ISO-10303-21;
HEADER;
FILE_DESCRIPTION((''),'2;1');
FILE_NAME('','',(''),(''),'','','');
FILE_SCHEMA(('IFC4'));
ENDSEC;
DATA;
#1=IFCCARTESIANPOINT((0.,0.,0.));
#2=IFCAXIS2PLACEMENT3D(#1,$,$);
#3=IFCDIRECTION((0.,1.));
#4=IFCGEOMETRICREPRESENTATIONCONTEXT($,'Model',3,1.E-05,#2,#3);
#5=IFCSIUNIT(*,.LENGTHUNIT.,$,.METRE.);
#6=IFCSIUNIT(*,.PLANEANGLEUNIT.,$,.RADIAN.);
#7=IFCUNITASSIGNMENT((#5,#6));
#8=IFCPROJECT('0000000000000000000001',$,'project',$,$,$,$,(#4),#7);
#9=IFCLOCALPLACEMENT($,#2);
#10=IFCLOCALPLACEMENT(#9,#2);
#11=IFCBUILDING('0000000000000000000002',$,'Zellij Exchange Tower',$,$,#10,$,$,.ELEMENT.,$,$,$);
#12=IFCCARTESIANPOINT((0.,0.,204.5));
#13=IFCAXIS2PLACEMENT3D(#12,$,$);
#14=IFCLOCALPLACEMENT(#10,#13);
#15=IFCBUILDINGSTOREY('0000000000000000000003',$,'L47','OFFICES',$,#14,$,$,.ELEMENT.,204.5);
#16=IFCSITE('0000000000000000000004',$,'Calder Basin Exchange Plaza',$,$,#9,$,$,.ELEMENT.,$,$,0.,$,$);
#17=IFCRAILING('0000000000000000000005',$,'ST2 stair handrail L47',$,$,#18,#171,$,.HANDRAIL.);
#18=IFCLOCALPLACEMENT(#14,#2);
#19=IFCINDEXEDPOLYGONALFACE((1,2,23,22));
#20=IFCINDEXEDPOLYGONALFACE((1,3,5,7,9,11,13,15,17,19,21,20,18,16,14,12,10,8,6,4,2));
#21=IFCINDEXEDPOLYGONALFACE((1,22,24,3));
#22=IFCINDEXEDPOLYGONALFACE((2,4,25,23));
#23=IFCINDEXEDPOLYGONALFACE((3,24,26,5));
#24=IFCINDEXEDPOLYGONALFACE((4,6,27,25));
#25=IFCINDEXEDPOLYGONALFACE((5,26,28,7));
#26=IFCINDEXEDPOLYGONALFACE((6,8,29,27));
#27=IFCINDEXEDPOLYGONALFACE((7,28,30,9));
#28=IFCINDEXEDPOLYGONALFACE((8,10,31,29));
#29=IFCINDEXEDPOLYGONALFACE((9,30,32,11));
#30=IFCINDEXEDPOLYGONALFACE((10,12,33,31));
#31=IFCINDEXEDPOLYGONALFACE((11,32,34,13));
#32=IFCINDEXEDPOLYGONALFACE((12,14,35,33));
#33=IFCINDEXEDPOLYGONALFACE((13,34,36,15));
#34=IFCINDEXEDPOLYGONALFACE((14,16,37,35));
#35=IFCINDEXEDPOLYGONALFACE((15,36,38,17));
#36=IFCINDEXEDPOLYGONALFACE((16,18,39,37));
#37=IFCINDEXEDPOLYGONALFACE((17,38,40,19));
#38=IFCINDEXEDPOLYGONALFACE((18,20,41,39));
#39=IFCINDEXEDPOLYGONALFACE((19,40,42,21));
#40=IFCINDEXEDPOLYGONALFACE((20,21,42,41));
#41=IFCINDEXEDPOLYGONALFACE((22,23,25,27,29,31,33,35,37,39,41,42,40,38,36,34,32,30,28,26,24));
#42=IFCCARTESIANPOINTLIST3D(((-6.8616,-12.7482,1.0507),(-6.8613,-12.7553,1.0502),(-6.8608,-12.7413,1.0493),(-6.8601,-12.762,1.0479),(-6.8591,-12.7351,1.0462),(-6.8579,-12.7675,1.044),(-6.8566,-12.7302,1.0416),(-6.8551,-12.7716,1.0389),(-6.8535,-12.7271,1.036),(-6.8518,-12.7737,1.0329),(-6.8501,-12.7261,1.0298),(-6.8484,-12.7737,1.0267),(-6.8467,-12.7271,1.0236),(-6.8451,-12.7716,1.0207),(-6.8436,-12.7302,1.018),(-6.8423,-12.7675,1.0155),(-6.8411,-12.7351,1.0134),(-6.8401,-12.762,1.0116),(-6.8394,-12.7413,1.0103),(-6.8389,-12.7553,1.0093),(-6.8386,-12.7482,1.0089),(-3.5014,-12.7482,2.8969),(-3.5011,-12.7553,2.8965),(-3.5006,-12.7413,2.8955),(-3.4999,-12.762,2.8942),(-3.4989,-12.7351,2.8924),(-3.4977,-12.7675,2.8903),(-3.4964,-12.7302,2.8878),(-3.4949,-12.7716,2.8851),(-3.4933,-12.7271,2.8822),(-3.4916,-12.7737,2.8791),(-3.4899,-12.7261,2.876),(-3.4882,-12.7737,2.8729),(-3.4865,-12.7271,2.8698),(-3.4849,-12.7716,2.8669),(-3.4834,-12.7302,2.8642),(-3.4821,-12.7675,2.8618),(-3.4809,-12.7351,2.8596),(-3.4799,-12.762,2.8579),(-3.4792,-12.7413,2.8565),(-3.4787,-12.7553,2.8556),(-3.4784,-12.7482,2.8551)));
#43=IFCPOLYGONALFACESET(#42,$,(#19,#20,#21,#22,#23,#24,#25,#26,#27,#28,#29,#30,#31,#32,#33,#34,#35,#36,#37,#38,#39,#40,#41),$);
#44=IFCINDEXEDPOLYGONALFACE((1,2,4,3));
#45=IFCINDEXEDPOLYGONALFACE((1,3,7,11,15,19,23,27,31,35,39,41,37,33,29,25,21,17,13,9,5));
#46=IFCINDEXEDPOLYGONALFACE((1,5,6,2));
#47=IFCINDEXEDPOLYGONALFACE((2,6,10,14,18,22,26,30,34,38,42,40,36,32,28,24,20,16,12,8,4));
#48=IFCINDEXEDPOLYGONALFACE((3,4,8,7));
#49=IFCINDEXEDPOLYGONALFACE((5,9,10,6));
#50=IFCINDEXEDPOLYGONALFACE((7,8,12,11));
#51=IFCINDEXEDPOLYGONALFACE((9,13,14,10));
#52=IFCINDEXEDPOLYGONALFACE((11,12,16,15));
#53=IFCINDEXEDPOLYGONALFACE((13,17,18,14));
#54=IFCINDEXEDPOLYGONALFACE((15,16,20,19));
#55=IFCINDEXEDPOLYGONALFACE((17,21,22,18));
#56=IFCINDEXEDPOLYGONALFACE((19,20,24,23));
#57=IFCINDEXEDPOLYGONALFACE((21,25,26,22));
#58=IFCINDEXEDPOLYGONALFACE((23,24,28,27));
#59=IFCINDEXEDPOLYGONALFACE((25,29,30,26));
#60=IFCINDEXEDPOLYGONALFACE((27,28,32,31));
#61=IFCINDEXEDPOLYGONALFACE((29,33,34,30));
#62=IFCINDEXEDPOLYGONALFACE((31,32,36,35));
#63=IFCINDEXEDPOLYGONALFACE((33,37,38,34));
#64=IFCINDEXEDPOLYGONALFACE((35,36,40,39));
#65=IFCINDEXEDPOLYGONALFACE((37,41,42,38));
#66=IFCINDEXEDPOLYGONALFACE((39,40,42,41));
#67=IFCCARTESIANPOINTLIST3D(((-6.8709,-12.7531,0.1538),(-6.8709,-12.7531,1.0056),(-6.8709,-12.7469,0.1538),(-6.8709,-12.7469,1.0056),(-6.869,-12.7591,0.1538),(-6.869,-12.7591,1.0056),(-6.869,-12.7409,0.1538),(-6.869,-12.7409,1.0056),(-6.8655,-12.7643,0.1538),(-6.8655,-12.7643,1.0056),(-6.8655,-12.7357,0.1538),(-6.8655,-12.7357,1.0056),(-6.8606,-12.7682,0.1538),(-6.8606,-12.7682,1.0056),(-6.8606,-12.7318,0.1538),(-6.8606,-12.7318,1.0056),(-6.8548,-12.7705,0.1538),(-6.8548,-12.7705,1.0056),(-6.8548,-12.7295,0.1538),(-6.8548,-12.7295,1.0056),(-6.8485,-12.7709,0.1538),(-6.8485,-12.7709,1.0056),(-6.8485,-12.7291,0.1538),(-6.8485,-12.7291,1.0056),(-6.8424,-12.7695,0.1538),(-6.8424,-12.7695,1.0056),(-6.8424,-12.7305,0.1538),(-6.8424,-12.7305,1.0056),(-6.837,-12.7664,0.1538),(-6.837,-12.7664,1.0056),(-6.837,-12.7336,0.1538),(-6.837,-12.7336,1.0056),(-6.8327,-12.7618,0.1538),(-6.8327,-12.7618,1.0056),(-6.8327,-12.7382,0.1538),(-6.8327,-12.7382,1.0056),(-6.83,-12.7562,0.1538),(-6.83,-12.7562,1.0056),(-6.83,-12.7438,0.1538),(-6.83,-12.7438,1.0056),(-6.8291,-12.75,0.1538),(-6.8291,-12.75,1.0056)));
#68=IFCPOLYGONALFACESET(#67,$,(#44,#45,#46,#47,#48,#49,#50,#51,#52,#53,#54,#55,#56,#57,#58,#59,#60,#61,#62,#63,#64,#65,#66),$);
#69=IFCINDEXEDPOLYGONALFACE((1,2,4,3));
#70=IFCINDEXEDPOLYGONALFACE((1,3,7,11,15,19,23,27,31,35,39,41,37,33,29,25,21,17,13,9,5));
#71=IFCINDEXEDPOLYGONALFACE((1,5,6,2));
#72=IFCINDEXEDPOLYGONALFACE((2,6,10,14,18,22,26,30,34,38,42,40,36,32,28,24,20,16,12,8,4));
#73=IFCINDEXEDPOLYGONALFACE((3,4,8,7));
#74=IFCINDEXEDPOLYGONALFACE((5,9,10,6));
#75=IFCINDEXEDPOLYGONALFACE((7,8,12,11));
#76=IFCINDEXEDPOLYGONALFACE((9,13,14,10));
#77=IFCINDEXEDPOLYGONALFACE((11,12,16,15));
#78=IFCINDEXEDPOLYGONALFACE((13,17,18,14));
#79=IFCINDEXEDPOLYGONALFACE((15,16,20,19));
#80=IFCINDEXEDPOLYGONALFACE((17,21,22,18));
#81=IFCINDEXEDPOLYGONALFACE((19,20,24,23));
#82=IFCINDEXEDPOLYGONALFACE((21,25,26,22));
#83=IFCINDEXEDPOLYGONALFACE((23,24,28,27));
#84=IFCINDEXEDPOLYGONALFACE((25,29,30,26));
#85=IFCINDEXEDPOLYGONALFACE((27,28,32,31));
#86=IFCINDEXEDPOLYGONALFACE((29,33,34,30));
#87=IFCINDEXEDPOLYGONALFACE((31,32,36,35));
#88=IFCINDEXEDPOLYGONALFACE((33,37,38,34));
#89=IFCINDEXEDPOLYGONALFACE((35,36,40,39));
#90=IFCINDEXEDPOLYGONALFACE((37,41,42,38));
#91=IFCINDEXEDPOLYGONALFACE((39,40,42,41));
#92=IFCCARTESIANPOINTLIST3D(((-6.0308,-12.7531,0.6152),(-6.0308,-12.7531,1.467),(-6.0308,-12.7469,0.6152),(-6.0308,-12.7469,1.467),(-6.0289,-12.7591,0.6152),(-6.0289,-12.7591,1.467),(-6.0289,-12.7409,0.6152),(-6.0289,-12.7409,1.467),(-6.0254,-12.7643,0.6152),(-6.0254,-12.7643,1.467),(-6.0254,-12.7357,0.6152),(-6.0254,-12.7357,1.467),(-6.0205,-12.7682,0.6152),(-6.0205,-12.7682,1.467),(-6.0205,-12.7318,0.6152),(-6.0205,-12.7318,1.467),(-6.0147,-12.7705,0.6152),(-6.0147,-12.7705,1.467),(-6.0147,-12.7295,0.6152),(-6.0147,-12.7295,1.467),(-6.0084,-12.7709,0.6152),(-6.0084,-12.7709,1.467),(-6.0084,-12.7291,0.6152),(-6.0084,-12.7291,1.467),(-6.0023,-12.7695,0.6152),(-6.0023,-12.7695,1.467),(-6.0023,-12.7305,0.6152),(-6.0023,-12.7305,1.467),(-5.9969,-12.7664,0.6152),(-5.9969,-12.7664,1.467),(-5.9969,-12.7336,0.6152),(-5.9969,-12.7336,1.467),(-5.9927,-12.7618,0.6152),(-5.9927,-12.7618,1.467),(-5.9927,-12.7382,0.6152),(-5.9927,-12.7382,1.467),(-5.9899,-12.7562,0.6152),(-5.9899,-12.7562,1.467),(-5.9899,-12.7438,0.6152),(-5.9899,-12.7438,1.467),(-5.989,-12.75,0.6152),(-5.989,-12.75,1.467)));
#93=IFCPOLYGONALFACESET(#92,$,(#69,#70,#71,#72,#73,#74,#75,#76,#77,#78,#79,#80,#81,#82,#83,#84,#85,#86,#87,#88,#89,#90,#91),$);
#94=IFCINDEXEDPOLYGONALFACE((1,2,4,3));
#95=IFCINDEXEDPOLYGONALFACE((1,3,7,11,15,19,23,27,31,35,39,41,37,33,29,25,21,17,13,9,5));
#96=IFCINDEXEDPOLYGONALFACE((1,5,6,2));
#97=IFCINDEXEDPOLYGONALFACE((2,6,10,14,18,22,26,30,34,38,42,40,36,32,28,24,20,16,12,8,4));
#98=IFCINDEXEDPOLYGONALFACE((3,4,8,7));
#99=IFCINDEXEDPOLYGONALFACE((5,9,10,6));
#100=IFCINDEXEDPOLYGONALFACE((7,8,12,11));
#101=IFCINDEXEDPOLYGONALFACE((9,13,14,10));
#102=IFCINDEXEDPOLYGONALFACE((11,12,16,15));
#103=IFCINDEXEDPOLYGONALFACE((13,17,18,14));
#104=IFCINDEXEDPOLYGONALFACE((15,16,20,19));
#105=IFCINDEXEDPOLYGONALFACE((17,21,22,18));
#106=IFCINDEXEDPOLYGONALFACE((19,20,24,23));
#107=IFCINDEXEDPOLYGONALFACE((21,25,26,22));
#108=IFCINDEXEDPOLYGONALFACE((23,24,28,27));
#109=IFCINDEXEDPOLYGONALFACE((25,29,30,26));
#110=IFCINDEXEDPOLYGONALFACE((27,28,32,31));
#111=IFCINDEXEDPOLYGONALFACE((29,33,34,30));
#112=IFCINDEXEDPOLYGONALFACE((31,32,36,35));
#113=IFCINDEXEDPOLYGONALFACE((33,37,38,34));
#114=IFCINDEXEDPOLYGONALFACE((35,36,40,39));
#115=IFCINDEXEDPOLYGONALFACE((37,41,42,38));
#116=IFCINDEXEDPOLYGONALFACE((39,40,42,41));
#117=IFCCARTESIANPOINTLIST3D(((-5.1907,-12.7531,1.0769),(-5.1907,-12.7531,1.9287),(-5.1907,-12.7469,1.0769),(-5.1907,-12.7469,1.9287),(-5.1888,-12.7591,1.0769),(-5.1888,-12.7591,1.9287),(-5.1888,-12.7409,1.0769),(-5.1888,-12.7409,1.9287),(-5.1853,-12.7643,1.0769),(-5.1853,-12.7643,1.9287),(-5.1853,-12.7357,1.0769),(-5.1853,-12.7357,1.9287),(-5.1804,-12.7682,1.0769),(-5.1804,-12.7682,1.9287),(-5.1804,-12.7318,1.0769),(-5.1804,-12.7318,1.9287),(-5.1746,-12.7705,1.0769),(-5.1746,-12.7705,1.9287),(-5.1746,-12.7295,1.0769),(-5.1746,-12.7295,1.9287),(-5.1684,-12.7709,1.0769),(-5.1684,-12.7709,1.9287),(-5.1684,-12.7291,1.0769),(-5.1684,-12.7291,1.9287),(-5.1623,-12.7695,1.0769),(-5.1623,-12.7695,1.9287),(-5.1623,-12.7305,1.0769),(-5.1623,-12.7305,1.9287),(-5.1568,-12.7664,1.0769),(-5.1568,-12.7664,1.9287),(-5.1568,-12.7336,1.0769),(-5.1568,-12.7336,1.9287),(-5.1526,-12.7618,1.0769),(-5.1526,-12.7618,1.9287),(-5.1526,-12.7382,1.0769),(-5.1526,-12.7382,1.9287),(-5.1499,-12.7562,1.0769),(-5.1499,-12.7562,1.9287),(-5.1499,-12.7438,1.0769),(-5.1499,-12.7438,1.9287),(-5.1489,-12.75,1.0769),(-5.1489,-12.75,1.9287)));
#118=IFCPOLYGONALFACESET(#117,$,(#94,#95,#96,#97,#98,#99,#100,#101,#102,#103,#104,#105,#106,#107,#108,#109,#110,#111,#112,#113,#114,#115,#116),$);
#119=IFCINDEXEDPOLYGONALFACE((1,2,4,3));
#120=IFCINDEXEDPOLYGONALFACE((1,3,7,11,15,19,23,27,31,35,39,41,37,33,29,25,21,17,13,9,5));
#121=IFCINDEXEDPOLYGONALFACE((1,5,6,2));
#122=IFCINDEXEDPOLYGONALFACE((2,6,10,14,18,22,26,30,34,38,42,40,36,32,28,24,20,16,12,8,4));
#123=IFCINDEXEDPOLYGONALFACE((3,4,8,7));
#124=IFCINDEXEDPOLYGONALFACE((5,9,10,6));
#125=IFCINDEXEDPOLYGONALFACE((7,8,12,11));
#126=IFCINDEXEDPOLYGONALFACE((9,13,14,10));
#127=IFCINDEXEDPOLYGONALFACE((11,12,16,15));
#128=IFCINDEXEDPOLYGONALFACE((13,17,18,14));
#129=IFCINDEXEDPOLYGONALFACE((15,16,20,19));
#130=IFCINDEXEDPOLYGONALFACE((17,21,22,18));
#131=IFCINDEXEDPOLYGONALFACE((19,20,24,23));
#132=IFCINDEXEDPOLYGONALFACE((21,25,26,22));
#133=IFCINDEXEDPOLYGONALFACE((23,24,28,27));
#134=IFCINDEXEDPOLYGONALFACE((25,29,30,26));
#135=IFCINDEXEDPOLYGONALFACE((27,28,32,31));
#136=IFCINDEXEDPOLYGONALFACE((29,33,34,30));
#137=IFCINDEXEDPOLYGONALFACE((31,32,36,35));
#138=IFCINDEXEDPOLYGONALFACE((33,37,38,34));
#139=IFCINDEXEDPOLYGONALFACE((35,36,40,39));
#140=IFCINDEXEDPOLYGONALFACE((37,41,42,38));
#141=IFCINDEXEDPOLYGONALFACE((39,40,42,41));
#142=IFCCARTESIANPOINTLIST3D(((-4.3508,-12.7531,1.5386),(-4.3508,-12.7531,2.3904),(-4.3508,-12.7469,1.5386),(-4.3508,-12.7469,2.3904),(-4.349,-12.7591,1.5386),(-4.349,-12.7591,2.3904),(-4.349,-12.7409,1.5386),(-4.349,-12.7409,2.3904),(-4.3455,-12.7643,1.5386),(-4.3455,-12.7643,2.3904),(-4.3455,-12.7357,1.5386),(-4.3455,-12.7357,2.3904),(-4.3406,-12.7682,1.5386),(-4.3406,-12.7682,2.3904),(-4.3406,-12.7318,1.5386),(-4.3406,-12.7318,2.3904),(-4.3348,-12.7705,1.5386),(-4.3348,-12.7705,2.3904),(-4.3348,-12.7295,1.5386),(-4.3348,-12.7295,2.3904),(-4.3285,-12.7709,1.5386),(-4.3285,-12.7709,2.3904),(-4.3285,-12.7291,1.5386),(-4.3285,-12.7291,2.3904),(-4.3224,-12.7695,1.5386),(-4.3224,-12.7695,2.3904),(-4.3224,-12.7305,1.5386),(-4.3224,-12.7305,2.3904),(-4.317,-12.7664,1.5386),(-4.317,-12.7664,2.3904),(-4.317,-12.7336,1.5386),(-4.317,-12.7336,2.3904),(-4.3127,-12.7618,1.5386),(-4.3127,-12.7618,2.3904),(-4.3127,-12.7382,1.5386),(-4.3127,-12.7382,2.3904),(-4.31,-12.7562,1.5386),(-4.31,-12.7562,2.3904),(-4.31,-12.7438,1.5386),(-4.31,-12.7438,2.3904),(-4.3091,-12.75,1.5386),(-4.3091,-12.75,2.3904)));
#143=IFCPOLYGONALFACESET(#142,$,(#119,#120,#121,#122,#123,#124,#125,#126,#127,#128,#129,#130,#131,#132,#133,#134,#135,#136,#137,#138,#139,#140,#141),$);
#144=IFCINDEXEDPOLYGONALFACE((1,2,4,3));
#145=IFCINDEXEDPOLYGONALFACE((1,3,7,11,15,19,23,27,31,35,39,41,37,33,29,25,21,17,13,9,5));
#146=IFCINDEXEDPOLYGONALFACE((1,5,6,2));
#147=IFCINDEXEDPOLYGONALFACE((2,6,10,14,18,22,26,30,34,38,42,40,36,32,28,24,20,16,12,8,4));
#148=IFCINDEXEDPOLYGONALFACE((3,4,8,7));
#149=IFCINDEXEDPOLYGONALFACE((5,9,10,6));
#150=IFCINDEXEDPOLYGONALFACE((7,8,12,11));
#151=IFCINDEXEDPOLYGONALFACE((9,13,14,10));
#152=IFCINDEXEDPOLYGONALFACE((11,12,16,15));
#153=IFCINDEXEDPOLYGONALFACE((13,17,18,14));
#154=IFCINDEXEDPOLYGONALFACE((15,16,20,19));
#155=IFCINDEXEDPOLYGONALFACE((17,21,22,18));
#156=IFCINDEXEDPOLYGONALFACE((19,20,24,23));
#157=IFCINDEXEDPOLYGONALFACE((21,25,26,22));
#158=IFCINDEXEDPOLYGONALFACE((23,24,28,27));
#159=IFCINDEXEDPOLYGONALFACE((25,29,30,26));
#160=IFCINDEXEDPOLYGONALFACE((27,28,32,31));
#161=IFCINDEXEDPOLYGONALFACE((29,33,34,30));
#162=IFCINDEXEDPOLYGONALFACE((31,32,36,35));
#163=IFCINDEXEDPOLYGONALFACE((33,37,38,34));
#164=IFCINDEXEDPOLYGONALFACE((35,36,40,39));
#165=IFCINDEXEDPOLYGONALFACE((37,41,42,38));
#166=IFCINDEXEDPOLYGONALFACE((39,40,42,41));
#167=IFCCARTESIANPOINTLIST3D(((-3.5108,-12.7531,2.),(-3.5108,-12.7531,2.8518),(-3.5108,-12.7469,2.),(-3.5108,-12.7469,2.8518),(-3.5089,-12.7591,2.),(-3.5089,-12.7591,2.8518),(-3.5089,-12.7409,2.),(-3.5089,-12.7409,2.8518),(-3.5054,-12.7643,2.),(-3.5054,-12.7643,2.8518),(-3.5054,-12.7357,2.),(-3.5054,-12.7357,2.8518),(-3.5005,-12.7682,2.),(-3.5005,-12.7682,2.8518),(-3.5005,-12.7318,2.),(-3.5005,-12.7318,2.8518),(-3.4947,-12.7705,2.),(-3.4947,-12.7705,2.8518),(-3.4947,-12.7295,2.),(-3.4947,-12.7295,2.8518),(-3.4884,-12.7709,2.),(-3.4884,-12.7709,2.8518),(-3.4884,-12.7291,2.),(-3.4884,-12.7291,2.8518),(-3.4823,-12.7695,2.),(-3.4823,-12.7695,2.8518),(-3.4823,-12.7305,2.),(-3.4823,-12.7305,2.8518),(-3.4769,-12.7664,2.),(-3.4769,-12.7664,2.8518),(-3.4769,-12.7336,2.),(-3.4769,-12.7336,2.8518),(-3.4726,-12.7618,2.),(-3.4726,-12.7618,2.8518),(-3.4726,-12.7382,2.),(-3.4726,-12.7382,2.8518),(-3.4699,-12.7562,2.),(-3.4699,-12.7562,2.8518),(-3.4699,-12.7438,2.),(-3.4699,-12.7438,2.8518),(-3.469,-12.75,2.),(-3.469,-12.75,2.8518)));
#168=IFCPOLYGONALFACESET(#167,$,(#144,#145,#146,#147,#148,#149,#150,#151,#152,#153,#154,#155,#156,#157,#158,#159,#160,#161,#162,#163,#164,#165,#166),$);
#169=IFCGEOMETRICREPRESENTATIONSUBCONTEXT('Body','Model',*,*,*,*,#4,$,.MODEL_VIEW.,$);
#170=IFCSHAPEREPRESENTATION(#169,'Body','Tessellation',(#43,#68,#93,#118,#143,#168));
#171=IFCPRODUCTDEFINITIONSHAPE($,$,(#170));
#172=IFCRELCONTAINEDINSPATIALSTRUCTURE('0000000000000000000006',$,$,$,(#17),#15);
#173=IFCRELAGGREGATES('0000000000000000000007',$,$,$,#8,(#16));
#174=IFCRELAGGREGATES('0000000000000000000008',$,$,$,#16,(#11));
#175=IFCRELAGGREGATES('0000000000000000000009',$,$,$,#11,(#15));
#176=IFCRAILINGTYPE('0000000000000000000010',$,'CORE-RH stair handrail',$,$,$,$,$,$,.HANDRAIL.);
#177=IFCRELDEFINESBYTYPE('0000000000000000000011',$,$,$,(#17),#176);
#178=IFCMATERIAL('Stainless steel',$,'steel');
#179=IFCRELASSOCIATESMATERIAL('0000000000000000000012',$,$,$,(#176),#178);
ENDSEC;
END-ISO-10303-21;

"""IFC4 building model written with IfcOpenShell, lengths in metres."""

from ifc_helpers import new_model, si_unit, direction, frame, origin, origin_2d, place, context, subcontext, project, spatial, circle, extrude, material, type_object, element, save


model = new_model("IFC4")

# Units and contexts
model_context = context("Model", 3, precision=1e-05, world=origin(), true_north=direction((0.0, 1.0)))
body_context = subcontext(model_context, "Body", "Model", "MODEL_VIEW")
ifc_project = project(units=[si_unit("LENGTHUNIT", "METRE"), si_unit("PLANEANGLEUNIT", "RADIAN")], contexts=[model_context])

# Site, building, storey
site_placement = place(None, origin())
site = spatial("IfcSite", under=ifc_project, at=site_placement, Name="Calder Basin Exchange Plaza", CompositionType="ELEMENT", RefElevation=0.0)
building_placement = place(site_placement, origin())
building = spatial("IfcBuilding", under=site, at=building_placement, Name="Zellij Exchange Tower", CompositionType="ELEMENT")
storey_placement = place(building_placement, frame((0.0, 0.0, 204.5)))
storey = spatial("IfcBuildingStorey", under=building, at=storey_placement, Name="L47", Description="OFFICES", CompositionType="ELEMENT", Elevation=204.5)

# Railing
ifc_material_1 = material(Name="Stainless steel", Category="steel")
railing_type_1 = type_object("IfcRailingType", Name="CORE-RH stair handrail", PredefinedType="HANDRAIL", material=ifc_material_1)
railing_1_placement = place(storey_placement, frame((-6.8501, -12.75, 0.1538)))
element("IfcRailing", 1, at=railing_1_placement, inside=storey, type_object=railing_type_1, Name="ST2 stair handrail L47", PredefinedType="HANDRAIL", context=body_context, shape_type="SweptSolid", body=[
    extrude(circle(Radius=0.0239, at=origin_2d()), frame((0.0, 0.0, 0.876), z_axis=(0.876422, 0.0, 0.481545), x_axis=(0.0, 1.0, 0.0)), (0.0, 0.0, 1.0), 3.834),
    extrude(circle(Radius=0.021, at=origin_2d()), origin(), (0.0, 0.0, 1.0), 0.8518),
    extrude(circle(Radius=0.021, at=origin_2d()), frame((0.8401, 0.0, 0.4614)), (0.0, 0.0, 1.0), 0.8518),
    extrude(circle(Radius=0.021, at=origin_2d()), frame((1.6802, 0.0, 0.9231)), (0.0, 0.0, 1.0), 0.8518),
    extrude(circle(Radius=0.021, at=origin_2d()), frame((2.52, 0.0, 1.3848)), (0.0, 0.0, 1.0), 0.8518),
    extrude(circle(Radius=0.021, at=origin_2d()), frame((3.3601, 0.0, 1.8462)), (0.0, 0.0, 1.0), 0.8518),
])

save(model, "model.ifc")
